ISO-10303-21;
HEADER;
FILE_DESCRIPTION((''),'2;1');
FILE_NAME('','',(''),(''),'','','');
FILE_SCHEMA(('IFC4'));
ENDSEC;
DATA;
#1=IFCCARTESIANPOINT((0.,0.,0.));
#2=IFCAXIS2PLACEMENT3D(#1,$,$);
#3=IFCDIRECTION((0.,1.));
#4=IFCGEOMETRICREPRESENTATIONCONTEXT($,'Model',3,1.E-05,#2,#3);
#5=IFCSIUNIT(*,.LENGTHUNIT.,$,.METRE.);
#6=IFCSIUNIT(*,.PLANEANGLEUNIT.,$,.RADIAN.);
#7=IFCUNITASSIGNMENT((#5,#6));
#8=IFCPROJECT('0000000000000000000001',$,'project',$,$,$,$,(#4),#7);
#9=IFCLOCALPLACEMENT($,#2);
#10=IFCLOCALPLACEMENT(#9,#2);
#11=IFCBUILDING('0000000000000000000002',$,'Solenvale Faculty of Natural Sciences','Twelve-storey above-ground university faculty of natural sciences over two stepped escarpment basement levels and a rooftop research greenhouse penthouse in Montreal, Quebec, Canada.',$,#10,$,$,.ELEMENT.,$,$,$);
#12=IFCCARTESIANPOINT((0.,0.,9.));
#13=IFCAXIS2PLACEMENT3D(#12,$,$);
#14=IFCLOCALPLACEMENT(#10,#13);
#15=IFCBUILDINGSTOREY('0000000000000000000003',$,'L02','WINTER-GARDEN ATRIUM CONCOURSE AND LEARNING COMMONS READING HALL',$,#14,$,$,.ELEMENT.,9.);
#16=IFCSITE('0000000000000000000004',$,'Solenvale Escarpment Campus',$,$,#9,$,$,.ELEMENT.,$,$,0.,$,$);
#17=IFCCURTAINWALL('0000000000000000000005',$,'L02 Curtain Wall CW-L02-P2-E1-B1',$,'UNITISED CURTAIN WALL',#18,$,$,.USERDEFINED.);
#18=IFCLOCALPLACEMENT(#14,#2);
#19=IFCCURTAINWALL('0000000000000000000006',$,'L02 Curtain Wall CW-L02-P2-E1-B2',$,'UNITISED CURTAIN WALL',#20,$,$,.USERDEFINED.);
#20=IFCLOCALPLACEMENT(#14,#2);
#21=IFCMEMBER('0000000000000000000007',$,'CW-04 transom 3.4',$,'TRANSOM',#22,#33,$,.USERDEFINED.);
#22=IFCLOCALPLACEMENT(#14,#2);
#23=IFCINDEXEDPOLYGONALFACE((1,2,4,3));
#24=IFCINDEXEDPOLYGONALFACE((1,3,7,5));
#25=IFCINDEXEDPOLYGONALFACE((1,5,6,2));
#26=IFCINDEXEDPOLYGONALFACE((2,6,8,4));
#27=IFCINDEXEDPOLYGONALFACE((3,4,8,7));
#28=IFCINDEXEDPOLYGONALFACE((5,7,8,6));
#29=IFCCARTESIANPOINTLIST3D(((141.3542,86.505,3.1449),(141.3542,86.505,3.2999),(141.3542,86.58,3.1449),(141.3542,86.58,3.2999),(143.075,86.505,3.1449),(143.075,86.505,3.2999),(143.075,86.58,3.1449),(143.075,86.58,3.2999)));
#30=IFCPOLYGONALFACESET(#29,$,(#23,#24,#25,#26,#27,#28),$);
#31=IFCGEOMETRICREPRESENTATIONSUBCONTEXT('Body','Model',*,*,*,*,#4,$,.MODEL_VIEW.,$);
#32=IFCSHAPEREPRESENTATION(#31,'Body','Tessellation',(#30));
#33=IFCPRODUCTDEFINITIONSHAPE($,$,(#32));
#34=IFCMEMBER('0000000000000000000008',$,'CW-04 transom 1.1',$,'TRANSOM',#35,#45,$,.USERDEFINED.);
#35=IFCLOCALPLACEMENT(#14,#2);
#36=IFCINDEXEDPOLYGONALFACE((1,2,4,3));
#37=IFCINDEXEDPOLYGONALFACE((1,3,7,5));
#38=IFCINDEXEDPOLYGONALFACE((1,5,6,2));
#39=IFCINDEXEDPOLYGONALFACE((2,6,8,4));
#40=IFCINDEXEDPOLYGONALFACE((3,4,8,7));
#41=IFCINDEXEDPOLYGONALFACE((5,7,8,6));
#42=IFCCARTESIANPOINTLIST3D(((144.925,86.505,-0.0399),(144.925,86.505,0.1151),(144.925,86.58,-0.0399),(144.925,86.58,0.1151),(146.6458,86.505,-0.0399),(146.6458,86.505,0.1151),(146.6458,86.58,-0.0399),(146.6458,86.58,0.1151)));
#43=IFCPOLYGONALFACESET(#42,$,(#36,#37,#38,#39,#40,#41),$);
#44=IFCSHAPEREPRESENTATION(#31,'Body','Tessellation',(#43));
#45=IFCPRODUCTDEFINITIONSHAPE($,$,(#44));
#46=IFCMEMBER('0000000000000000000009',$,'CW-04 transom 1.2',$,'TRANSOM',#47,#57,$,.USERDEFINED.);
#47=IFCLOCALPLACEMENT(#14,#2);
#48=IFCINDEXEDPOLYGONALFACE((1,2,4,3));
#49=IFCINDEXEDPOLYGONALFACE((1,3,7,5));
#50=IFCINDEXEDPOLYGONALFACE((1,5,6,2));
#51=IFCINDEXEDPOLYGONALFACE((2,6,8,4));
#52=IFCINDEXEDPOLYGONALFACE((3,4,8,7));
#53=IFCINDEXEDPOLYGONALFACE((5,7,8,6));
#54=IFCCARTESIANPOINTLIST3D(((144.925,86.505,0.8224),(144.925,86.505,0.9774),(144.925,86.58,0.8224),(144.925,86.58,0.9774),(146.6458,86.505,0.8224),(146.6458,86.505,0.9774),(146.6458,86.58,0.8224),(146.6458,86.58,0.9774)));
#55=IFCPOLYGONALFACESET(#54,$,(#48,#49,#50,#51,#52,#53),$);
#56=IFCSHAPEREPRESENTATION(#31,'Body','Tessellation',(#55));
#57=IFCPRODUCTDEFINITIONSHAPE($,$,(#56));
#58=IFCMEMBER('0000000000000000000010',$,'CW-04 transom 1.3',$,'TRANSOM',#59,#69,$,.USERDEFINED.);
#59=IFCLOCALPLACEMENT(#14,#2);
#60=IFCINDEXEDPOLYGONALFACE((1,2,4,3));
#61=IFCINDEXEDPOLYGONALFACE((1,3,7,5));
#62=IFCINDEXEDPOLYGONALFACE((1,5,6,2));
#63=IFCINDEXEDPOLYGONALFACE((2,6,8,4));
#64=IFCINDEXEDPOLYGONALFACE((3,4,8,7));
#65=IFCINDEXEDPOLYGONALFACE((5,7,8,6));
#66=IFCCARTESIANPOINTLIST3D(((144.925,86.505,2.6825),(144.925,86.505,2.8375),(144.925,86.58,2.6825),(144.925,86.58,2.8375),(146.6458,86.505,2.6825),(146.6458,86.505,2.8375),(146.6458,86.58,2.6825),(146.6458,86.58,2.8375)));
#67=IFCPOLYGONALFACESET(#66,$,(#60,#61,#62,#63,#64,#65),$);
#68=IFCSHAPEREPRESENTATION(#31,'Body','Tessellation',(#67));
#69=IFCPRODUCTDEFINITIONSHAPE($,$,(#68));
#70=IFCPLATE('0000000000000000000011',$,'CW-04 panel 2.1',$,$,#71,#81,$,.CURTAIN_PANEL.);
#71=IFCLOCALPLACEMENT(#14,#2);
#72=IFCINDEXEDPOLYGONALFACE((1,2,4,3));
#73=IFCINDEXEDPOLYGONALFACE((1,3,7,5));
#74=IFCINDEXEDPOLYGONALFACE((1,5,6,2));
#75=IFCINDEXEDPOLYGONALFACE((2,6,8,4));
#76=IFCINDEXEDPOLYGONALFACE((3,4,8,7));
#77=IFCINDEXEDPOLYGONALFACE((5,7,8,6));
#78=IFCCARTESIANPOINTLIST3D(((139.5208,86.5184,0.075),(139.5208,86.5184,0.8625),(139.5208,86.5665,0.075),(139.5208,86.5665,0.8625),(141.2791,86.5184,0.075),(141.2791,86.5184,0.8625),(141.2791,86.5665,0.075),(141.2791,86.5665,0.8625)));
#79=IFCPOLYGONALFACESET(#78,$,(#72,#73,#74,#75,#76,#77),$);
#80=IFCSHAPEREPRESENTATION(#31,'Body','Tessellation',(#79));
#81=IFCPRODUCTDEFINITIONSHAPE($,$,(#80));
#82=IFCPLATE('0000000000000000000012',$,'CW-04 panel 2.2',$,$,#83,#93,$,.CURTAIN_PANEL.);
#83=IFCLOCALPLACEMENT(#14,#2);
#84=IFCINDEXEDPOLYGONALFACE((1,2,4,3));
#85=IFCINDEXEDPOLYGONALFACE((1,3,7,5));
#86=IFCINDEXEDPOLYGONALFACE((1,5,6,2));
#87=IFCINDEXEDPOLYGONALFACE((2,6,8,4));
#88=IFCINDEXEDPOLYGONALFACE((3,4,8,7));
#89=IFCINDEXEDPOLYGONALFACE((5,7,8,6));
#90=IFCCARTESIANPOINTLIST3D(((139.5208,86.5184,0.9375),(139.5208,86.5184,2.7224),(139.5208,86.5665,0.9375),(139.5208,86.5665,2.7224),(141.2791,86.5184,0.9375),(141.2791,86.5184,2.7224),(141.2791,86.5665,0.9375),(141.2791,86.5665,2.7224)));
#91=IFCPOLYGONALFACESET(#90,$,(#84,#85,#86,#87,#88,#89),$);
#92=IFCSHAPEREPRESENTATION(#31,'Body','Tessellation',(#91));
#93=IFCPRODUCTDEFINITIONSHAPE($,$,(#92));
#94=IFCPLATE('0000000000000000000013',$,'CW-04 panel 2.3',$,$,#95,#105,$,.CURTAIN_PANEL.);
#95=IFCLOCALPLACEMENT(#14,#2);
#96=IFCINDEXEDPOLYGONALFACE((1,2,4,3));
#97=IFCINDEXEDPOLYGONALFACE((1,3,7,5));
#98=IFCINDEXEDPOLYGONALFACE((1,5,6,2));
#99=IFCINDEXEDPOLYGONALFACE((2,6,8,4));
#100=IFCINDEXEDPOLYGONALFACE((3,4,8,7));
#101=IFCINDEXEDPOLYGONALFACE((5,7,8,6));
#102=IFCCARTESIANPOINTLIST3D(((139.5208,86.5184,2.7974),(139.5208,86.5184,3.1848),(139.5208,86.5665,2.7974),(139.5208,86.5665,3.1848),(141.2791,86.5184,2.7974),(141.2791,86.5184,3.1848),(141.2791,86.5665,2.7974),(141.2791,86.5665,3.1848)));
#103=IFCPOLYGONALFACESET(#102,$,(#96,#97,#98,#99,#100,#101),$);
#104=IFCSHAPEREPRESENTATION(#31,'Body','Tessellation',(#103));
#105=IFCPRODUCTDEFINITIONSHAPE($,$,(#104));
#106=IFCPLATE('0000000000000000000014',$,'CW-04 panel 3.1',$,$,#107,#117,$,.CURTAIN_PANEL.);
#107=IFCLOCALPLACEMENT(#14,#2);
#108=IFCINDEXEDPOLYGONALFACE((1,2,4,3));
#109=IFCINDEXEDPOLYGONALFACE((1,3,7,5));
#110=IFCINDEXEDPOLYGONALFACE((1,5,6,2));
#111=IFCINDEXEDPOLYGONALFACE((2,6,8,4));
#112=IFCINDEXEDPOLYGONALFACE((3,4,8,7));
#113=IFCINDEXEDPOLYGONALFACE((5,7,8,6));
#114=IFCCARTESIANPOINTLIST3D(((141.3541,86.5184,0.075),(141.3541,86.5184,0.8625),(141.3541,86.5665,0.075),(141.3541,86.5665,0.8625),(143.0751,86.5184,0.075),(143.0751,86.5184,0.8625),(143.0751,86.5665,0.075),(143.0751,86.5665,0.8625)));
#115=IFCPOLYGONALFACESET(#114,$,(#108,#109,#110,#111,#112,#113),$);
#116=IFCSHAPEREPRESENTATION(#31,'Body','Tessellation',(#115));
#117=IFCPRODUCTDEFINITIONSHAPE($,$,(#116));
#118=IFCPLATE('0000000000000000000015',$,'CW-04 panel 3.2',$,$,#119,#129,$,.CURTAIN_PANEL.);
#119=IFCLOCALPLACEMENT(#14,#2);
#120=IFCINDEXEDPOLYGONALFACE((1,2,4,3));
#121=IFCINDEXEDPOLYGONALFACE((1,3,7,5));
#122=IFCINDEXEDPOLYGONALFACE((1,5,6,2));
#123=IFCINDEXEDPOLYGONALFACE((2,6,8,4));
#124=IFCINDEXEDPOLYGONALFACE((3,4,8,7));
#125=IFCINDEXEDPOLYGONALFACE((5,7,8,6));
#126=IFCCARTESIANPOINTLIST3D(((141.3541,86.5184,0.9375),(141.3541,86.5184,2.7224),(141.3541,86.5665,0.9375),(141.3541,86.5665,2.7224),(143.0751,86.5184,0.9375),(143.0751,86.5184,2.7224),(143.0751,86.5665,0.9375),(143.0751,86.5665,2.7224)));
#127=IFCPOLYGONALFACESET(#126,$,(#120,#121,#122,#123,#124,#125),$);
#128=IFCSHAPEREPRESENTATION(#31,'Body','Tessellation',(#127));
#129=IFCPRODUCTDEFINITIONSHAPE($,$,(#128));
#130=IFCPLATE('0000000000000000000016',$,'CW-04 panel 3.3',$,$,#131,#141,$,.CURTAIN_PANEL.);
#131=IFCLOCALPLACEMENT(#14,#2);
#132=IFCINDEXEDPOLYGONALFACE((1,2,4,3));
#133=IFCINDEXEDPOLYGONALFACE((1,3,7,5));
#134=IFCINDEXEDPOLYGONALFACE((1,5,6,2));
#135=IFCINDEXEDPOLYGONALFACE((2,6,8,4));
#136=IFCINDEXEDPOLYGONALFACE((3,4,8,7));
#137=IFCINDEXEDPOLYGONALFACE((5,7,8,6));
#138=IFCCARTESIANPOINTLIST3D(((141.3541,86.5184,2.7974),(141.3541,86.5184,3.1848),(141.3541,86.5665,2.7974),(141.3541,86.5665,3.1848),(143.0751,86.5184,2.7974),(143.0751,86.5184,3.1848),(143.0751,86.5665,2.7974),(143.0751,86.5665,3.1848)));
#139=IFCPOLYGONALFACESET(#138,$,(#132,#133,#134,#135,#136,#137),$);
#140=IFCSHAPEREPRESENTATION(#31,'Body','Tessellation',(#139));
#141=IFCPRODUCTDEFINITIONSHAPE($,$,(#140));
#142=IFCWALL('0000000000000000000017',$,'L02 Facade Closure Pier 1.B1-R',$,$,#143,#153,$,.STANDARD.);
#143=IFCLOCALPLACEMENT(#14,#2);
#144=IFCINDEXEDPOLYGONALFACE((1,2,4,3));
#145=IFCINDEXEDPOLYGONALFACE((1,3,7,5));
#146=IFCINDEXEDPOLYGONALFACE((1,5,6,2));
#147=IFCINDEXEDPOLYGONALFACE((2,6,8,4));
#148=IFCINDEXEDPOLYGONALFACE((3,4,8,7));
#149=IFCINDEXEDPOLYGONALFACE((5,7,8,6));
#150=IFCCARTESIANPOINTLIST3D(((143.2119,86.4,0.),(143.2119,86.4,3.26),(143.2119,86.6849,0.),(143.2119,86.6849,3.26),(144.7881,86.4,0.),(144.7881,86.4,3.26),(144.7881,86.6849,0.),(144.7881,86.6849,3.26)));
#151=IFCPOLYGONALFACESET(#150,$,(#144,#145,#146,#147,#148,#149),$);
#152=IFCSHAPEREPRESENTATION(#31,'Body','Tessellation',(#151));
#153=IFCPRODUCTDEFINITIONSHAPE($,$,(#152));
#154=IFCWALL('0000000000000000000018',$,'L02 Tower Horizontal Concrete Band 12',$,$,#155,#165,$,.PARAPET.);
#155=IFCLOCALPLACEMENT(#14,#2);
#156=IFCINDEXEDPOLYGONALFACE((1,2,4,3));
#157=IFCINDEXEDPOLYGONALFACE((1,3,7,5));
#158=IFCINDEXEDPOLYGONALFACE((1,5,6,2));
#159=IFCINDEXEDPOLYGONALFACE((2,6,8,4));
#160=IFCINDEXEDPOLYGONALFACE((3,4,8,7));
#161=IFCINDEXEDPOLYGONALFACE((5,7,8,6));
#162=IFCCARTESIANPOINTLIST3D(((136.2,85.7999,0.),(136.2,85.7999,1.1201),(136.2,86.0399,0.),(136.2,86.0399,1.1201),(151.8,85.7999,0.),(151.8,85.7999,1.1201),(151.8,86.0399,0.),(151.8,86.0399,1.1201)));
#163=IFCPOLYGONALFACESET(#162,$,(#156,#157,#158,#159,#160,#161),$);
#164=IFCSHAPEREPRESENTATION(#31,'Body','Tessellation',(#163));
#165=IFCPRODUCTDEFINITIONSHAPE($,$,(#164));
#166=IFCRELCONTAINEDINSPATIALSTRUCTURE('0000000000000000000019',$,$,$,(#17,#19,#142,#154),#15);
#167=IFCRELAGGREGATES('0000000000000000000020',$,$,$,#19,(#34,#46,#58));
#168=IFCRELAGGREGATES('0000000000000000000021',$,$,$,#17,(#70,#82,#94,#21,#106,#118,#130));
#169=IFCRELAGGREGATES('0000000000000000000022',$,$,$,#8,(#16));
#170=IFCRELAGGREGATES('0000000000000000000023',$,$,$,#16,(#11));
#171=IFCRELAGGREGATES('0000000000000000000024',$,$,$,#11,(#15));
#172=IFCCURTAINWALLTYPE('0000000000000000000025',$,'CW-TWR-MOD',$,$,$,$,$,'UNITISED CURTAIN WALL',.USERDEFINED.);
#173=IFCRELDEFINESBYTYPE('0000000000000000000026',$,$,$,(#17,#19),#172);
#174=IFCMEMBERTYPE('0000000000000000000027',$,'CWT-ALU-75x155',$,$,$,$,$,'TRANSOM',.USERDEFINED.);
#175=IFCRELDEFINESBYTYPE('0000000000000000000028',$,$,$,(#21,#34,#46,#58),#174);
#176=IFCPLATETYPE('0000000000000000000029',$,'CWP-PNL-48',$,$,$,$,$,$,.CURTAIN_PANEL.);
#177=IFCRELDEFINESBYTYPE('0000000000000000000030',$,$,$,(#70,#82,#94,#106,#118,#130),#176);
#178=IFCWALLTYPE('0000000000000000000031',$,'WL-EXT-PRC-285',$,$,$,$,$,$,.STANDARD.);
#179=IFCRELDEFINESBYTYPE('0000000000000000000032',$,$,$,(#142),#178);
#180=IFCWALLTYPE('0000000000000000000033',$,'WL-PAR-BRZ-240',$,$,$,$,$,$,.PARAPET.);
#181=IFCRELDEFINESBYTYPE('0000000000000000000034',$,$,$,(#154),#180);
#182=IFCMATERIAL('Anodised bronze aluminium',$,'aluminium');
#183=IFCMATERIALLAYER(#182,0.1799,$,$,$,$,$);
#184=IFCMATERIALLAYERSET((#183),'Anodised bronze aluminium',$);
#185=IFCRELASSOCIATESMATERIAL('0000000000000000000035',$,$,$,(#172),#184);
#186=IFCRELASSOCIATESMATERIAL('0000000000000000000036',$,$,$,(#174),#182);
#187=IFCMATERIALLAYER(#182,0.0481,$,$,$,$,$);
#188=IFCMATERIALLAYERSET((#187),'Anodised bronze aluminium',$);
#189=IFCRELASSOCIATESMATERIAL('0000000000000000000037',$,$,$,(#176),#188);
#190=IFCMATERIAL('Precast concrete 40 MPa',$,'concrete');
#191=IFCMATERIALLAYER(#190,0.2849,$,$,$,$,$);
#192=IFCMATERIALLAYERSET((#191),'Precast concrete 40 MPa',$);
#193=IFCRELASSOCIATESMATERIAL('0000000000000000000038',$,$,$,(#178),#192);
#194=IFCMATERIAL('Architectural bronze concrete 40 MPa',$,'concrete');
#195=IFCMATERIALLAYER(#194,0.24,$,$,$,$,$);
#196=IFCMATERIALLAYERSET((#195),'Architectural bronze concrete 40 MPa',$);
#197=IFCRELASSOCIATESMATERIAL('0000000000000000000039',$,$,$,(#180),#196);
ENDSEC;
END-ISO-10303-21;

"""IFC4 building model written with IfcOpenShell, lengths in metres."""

from ifc_helpers import new_model, si_unit, direction, frame, frame_2d, origin, origin_2d, place, context, subcontext, project, spatial, rectangle, extrude, material, layer, layer_set, material_profile, profile_set, type_object, element, aggregate, save


model = new_model("IFC4")

# Units and contexts
model_context = context("Model", 3, precision=1e-05, world=origin(), true_north=direction((0.0, 1.0)))
body_context = subcontext(model_context, "Body", "Model", "MODEL_VIEW")
ifc_project = project(units=[si_unit("LENGTHUNIT", "METRE"), si_unit("PLANEANGLEUNIT", "RADIAN")], contexts=[model_context])

# Site, building, storey
site_placement = place(None, origin())
site = spatial("IfcSite", under=ifc_project, at=site_placement, Name="Solenvale Escarpment Campus", CompositionType="ELEMENT", RefElevation=0.0)
building_placement = place(site_placement, origin())
building = spatial("IfcBuilding", under=site, at=building_placement, Name="Solenvale Faculty of Natural Sciences", Description="Twelve-storey above-ground university faculty of natural sciences over two stepped escarpment basement levels and a rooftop research greenhouse penthouse in Montreal, Quebec, Canada.", CompositionType="ELEMENT")
storey_placement = place(building_placement, frame((0.0, 0.0, 9.0)))
storey = spatial("IfcBuildingStorey", under=building, at=storey_placement, Name="L02", Description="WINTER-GARDEN ATRIUM CONCOURSE AND LEARNING COMMONS READING HALL", CompositionType="ELEMENT", Elevation=9.0)

# Curtain wall
ifc_material_1 = material(Name="Anodised bronze aluminium", Category="aluminium")
ifc_layer_1 = layer(ifc_material_1, 0.1799)
ifc_layer_set_1 = layer_set([ifc_layer_1], Name="Anodised bronze aluminium")
curtain_wall_type = type_object("IfcCurtainWallType", Name="CW-TWR-MOD", ElementType="UNITISED CURTAIN WALL", PredefinedType="USERDEFINED", material=ifc_layer_set_1)
curtain_wall_1_placement = place(storey_placement, origin())
curtain_wall_1 = element("IfcCurtainWall", 1, at=curtain_wall_1_placement, inside=storey, type_object=curtain_wall_type, Name="L02 Curtain Wall CW-L02-P2-E1-B1", ObjectType="UNITISED CURTAIN WALL", PredefinedType="USERDEFINED")

# Curtain wall
curtain_wall_2_placement = place(storey_placement, origin())
curtain_wall_2 = element("IfcCurtainWall", 2, at=curtain_wall_2_placement, inside=storey, type_object=curtain_wall_type, Name="L02 Curtain Wall CW-L02-P2-E1-B2", ObjectType="UNITISED CURTAIN WALL", PredefinedType="USERDEFINED")

# Members
ifc_material_profile_1 = material_profile(ifc_material_1, rectangle(XDim=0.075, YDim=0.155, at=origin_2d()), Name="ALU-TRN-75x155")
ifc_profile_set_1 = profile_set([ifc_material_profile_1], Name="Anodised bronze aluminium")
member_type_1 = type_object("IfcMemberType", Name="CWT-ALU-75x155", ElementType="TRANSOM", PredefinedType="USERDEFINED", material=ifc_profile_set_1)
member_1_placement = place(storey_placement, frame((141.3542, 86.5425, 3.2224), z_axis=(1.0, 0.0, 0.0), x_axis=(0.0, 1.0, 0.0)))
member_1 = element("IfcMember", 3, at=member_1_placement, type_object=member_type_1, Name="CW-04 transom 3.4", ObjectType="TRANSOM", PredefinedType="USERDEFINED", context=body_context, shape_type="SweptSolid", body=[
    extrude(rectangle(XDim=0.075, YDim=0.155, at=origin_2d()), origin(), (0.0, 0.0, 1.0), 1.7207),
])
member_2_placement = place(storey_placement, frame((144.925, 86.5425, 0.0376), z_axis=(1.0, 0.0, 0.0), x_axis=(0.0, 1.0, 0.0)))
member_2 = element("IfcMember", 4, at=member_2_placement, type_object=member_type_1, Name="CW-04 transom 1.1", ObjectType="TRANSOM", PredefinedType="USERDEFINED", context=body_context, shape_type="SweptSolid", body=[
    extrude(rectangle(XDim=0.075, YDim=0.155, at=origin_2d()), origin(), (0.0, 0.0, 1.0), 1.7207),
])
member_3_placement = place(storey_placement, frame((144.925, 86.5425, 0.8999), z_axis=(1.0, 0.0, 0.0), x_axis=(0.0, 1.0, 0.0)))
member_3 = element("IfcMember", 5, at=member_3_placement, type_object=member_type_1, Name="CW-04 transom 1.2", ObjectType="TRANSOM", PredefinedType="USERDEFINED", context=body_context, shape_type="SweptSolid", body=[
    extrude(rectangle(XDim=0.075, YDim=0.155, at=origin_2d()), origin(), (0.0, 0.0, 1.0), 1.7207),
])
member_4_placement = place(storey_placement, frame((144.925, 86.5425, 2.76), z_axis=(1.0, 0.0, 0.0), x_axis=(0.0, 1.0, 0.0)))
member_4 = element("IfcMember", 6, at=member_4_placement, type_object=member_type_1, Name="CW-04 transom 1.3", ObjectType="TRANSOM", PredefinedType="USERDEFINED", context=body_context, shape_type="SweptSolid", body=[
    extrude(rectangle(XDim=0.075, YDim=0.155, at=origin_2d()), origin(), (0.0, 0.0, 1.0), 1.7207),
])
aggregate(curtain_wall_2, [member_2, member_3, member_4])

# Plates
ifc_layer_2 = layer(ifc_material_1, 0.0481)
ifc_layer_set_2 = layer_set([ifc_layer_2], Name="Anodised bronze aluminium")
plate_type = type_object("IfcPlateType", Name="CWP-PNL-48", PredefinedType="CURTAIN_PANEL", material=ifc_layer_set_2)
plate_1_placement = place(storey_placement, frame((140.3999, 86.5425, 0.075), z_axis=(0.0, 0.0, 1.0), x_axis=(1.0, 0.0, 0.0)))
plate_1 = element("IfcPlate", 7, at=plate_1_placement, type_object=plate_type, Name="CW-04 panel 2.1", PredefinedType="CURTAIN_PANEL", context=body_context, shape_type="SweptSolid", body=[
    extrude(rectangle(XDim=1.7583, YDim=0.0481, at=origin_2d()), origin(), (0.0, 0.0, 1.0), 0.7876),
])
plate_2_placement = place(storey_placement, frame((140.3999, 86.5425, 0.9375), z_axis=(0.0, 0.0, 1.0), x_axis=(1.0, 0.0, 0.0)))
plate_2 = element("IfcPlate", 8, at=plate_2_placement, type_object=plate_type, Name="CW-04 panel 2.2", PredefinedType="CURTAIN_PANEL", context=body_context, shape_type="SweptSolid", body=[
    extrude(rectangle(XDim=1.7583, YDim=0.0481, at=origin_2d()), origin(), (0.0, 0.0, 1.0), 1.7849),
])
plate_3_placement = place(storey_placement, frame((140.3999, 86.5425, 2.7974), z_axis=(0.0, 0.0, 1.0), x_axis=(1.0, 0.0, 0.0)))
plate_3 = element("IfcPlate", 9, at=plate_3_placement, type_object=plate_type, Name="CW-04 panel 2.3", PredefinedType="CURTAIN_PANEL", context=body_context, shape_type="SweptSolid", body=[
    extrude(rectangle(XDim=1.7583, YDim=0.0481, at=origin_2d()), origin(), (0.0, 0.0, 1.0), 0.3875),
])
plate_4_placement = place(storey_placement, frame((142.2146, 86.5425, 0.075), z_axis=(0.0, 0.0, 1.0), x_axis=(1.0, 0.0, 0.0)))
plate_4 = element("IfcPlate", 10, at=plate_4_placement, type_object=plate_type, Name="CW-04 panel 3.1", PredefinedType="CURTAIN_PANEL", context=body_context, shape_type="SweptSolid", body=[
    extrude(rectangle(XDim=1.7209, YDim=0.0481, at=origin_2d()), origin(), (0.0, 0.0, 1.0), 0.7876),
])
plate_5_placement = place(storey_placement, frame((142.2146, 86.5425, 0.9375), z_axis=(0.0, 0.0, 1.0), x_axis=(1.0, 0.0, 0.0)))
plate_5 = element("IfcPlate", 11, at=plate_5_placement, type_object=plate_type, Name="CW-04 panel 3.2", PredefinedType="CURTAIN_PANEL", context=body_context, shape_type="SweptSolid", body=[
    extrude(rectangle(XDim=1.7209, YDim=0.0481, at=origin_2d()), origin(), (0.0, 0.0, 1.0), 1.7849),
])
plate_6_placement = place(storey_placement, frame((142.2146, 86.5425, 2.7974), z_axis=(0.0, 0.0, 1.0), x_axis=(1.0, 0.0, 0.0)))
plate_6 = element("IfcPlate", 12, at=plate_6_placement, type_object=plate_type, Name="CW-04 panel 3.3", PredefinedType="CURTAIN_PANEL", context=body_context, shape_type="SweptSolid", body=[
    extrude(rectangle(XDim=1.7209, YDim=0.0481, at=origin_2d()), origin(), (0.0, 0.0, 1.0), 0.3875),
])
aggregate(curtain_wall_1, [plate_1, plate_2, plate_3, member_1, plate_4, plate_5, plate_6])

# Walls
ifc_material_2 = material(Name="Precast concrete 40 MPa", Category="concrete")
ifc_layer_3 = layer(ifc_material_2, 0.2849)
ifc_layer_set_3 = layer_set([ifc_layer_3], Name="Precast concrete 40 MPa")
wall_type_1 = type_object("IfcWallType", Name="WL-EXT-PRC-285", PredefinedType="STANDARD", material=ifc_layer_set_3)
wall_1_placement = place(storey_placement, frame((143.2119, 86.5425, 0.0), z_axis=(0.0, 0.0, 1.0), x_axis=(1.0, 0.0, 0.0)))
element("IfcWall", 13, at=wall_1_placement, inside=storey, type_object=wall_type_1, Name="L02 Facade Closure Pier 1.B1-R", PredefinedType="STANDARD", context=body_context, shape_type="SweptSolid", body=[
    extrude(rectangle(XDim=1.5762, YDim=0.2849, at=frame_2d((0.7881, 0.0))), origin(), (0.0, 0.0, 1.0), 3.26),
])
ifc_material_3 = material(Name="Architectural bronze concrete 40 MPa", Category="concrete")
ifc_layer_4 = layer(ifc_material_3, 0.24)
ifc_layer_set_4 = layer_set([ifc_layer_4], Name="Architectural bronze concrete 40 MPa")
wall_type_2 = type_object("IfcWallType", Name="WL-PAR-BRZ-240", PredefinedType="PARAPET", material=ifc_layer_set_4)
wall_2_placement = place(storey_placement, frame((151.8, 85.9199, 0.0), z_axis=(0.0, 0.0, 1.0), x_axis=(-1.0, 0.0, 0.0)))
element("IfcWall", 14, at=wall_2_placement, inside=storey, type_object=wall_type_2, Name="L02 Tower Horizontal Concrete Band 12", PredefinedType="PARAPET", context=body_context, shape_type="SweptSolid", body=[
    extrude(rectangle(XDim=15.6001, YDim=0.24, at=frame_2d((7.8, 0.0))), origin(), (0.0, 0.0, 1.0), 1.1201),
])

save(model, "model.ifc")
